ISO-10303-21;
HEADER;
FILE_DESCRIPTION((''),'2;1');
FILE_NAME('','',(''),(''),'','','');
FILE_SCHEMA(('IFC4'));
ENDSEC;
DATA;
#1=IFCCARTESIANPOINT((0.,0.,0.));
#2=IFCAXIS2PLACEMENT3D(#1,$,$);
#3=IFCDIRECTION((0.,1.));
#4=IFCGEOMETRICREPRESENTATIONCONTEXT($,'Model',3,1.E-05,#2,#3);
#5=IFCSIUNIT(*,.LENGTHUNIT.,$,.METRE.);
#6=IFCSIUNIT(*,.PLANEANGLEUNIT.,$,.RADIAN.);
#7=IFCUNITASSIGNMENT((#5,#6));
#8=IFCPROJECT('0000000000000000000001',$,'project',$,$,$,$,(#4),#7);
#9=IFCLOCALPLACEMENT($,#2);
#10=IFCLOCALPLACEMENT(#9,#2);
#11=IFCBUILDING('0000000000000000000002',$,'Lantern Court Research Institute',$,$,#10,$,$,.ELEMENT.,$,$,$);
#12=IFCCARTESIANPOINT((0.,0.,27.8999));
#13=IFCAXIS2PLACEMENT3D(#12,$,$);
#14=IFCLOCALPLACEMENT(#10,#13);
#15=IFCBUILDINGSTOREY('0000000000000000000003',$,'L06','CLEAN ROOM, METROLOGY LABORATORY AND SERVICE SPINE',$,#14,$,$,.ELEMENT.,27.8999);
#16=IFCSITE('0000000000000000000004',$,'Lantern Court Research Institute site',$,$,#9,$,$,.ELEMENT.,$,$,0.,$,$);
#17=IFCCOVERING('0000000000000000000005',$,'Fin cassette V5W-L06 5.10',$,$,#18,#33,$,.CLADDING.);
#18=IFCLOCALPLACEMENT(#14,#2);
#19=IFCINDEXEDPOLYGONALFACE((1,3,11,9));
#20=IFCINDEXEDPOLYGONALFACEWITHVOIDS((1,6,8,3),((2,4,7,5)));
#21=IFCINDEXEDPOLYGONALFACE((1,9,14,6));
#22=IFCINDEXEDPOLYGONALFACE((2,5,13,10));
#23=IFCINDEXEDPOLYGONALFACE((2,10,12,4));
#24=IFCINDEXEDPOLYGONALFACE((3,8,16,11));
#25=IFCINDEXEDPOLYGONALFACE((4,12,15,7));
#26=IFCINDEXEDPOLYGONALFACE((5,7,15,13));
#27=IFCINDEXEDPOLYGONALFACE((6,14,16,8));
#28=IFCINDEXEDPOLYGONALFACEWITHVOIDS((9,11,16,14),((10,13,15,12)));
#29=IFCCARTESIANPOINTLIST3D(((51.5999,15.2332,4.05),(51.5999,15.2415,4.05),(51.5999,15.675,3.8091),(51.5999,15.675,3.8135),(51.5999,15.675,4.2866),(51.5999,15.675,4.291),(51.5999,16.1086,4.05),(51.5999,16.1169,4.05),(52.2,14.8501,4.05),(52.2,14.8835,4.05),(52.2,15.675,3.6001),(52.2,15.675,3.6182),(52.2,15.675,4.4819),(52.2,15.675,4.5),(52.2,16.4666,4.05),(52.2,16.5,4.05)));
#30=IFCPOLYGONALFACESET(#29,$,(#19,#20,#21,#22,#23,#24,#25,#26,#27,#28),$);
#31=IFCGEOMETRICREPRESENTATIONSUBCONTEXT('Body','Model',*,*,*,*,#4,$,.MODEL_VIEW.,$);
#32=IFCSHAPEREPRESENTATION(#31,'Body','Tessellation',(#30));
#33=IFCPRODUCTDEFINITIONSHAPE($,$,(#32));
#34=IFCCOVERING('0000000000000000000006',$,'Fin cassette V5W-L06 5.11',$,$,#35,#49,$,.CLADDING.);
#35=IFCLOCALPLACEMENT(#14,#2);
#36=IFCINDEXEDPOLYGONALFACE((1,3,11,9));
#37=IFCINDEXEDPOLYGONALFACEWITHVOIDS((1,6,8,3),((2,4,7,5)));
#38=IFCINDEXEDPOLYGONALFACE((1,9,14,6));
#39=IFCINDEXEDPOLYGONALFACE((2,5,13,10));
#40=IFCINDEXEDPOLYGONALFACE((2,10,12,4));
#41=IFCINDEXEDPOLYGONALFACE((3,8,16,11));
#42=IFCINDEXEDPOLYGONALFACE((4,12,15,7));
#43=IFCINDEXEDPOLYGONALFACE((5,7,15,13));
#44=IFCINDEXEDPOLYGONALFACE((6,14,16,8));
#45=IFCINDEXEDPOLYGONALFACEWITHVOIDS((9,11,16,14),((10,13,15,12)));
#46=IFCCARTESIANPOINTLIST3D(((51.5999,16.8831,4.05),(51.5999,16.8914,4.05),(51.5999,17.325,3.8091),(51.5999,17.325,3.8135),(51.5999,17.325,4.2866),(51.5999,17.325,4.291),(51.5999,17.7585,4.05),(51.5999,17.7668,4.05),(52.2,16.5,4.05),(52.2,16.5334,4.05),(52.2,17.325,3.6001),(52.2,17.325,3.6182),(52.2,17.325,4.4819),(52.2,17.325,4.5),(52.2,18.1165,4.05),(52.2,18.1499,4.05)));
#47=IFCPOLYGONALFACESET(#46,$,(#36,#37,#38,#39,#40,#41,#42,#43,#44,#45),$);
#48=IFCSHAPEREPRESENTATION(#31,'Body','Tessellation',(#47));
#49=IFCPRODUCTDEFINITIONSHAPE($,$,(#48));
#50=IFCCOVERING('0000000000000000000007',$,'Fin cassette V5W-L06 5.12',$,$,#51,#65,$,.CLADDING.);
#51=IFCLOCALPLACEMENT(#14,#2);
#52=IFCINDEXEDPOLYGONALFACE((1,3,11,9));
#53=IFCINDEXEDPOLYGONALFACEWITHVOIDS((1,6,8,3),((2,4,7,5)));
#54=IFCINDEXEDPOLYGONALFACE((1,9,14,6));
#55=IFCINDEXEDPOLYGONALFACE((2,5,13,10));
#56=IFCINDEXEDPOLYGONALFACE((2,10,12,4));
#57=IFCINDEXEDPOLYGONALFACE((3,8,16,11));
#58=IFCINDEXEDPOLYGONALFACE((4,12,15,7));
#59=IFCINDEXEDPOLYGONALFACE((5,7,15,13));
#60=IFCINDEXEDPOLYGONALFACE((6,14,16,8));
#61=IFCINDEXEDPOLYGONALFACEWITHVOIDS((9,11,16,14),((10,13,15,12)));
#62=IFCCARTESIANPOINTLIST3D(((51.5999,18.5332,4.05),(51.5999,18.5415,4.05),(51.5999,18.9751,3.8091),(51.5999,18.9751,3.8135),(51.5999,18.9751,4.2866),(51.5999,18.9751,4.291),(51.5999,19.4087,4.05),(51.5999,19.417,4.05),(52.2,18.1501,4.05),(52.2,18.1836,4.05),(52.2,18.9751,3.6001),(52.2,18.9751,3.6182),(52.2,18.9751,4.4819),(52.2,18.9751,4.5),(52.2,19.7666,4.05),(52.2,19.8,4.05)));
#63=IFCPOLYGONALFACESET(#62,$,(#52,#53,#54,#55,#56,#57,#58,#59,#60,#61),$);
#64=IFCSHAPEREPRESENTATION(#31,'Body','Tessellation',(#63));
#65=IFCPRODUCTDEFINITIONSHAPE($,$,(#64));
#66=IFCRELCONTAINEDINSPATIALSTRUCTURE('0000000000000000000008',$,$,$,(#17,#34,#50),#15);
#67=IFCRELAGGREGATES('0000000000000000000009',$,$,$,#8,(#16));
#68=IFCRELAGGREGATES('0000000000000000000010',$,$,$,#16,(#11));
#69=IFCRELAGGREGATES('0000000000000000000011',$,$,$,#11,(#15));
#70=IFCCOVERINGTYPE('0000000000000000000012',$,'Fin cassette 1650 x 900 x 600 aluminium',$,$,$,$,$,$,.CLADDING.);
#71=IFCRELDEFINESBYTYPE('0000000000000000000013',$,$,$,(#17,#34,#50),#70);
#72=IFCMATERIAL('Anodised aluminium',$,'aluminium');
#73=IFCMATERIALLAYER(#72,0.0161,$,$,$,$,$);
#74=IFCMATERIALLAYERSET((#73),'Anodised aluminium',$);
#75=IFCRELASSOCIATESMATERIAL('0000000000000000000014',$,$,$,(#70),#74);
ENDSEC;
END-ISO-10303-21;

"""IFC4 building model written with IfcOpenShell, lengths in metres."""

from ifc_helpers import new_model, entity, si_unit, direction, frame, origin, place, context, subcontext, project, spatial, material, layer, layer_set, type_object, element, save


model = new_model("IFC4")

# Units and contexts
model_context = context("Model", 3, precision=1e-05, world=origin(), true_north=direction((0.0, 1.0)))
body_context = subcontext(model_context, "Body", "Model", "MODEL_VIEW")
ifc_project = project(units=[si_unit("LENGTHUNIT", "METRE"), si_unit("PLANEANGLEUNIT", "RADIAN")], contexts=[model_context])

# Site, building, storey
site_placement = place(None, origin())
site = spatial("IfcSite", under=ifc_project, at=site_placement, Name="Lantern Court Research Institute site", CompositionType="ELEMENT", RefElevation=0.0)
building_placement = place(site_placement, origin())
building = spatial("IfcBuilding", under=site, at=building_placement, Name="Lantern Court Research Institute", CompositionType="ELEMENT")
storey_placement = place(building_placement, frame((0.0, 0.0, 27.8999)))
storey = spatial("IfcBuildingStorey", under=building, at=storey_placement, Name="L06", Description="CLEAN ROOM, METROLOGY LABORATORY AND SERVICE SPINE", CompositionType="ELEMENT", Elevation=27.8999)

# Coverings
ifc_material_1 = material(Name="Anodised aluminium", Category="aluminium")
ifc_layer_1 = layer(ifc_material_1, 0.0161)
ifc_layer_set_1 = layer_set([ifc_layer_1], Name="Anodised aluminium")
covering_type = type_object("IfcCoveringType", Name="Fin cassette 1650 x 900 x 600 aluminium", PredefinedType="CLADDING", material=ifc_layer_set_1)
covering_1_placement = place(storey_placement, frame((52.2, 15.675, 4.05), z_axis=(-1.0, 0.0, 0.0), x_axis=(0.0, -1.0, 0.0)))
cartesian_point_1 = entity("IfcCartesianPoint", [0.825, 0.0])
cartesian_point_2 = entity("IfcCartesianPoint", [0.7915, 0.0])
cartesian_point_3 = entity("IfcCartesianPoint", [0.4419, 0.0])
cartesian_point_4 = entity("IfcCartesianPoint", [0.4336, 0.0])
element("IfcCovering", 1, at=covering_1_placement, inside=storey, type_object=covering_type, Name="Fin cassette V5W-L06 5.10", PredefinedType="CLADDING", context=body_context, shape_type="SweptSolid", body=[
    entity("IfcExtrudedAreaSolidTapered", entity("IfcArbitraryProfileDefWithVoids", "AREA", None, entity("IfcPolyline", [cartesian_point_1, entity("IfcCartesianPoint", [0.0, 0.45]), entity("IfcCartesianPoint", [-0.825, 0.0]), entity("IfcCartesianPoint", [0.0, -0.45]), cartesian_point_1]), [entity("IfcPolyline", [cartesian_point_2, entity("IfcCartesianPoint", [0.0, 0.4319]), entity("IfcCartesianPoint", [-0.7915, 0.0]), entity("IfcCartesianPoint", [0.0, -0.4319]), cartesian_point_2])]), entity("IfcAxis2Placement3D", entity("IfcCartesianPoint", [0.0, 0.0, 0.0])), entity("IfcDirection", [0.0, 0.0, 1.0]), 0.6001, entity("IfcArbitraryProfileDefWithVoids", "AREA", None, entity("IfcPolyline", [cartesian_point_3, entity("IfcCartesianPoint", [0.0, 0.241]), entity("IfcCartesianPoint", [-0.4419, 0.0]), entity("IfcCartesianPoint", [0.0, -0.241]), cartesian_point_3]), [entity("IfcPolyline", [cartesian_point_4, entity("IfcCartesianPoint", [0.0, 0.2366]), entity("IfcCartesianPoint", [-0.4336, 0.0]), entity("IfcCartesianPoint", [0.0, -0.2366]), cartesian_point_4])])),
])
covering_2_placement = place(storey_placement, frame((52.2, 17.325, 4.05), z_axis=(-1.0, 0.0, 0.0), x_axis=(0.0, -1.0, 0.0)))
cartesian_point_5 = entity("IfcCartesianPoint", [0.825, 0.0])
cartesian_point_6 = entity("IfcCartesianPoint", [0.7915, 0.0])
cartesian_point_7 = entity("IfcCartesianPoint", [0.4419, 0.0])
cartesian_point_8 = entity("IfcCartesianPoint", [0.4336, 0.0])
element("IfcCovering", 2, at=covering_2_placement, inside=storey, type_object=covering_type, Name="Fin cassette V5W-L06 5.11", PredefinedType="CLADDING", context=body_context, shape_type="SweptSolid", body=[
    entity("IfcExtrudedAreaSolidTapered", entity("IfcArbitraryProfileDefWithVoids", "AREA", None, entity("IfcPolyline", [cartesian_point_5, entity("IfcCartesianPoint", [0.0, 0.45]), entity("IfcCartesianPoint", [-0.825, 0.0]), entity("IfcCartesianPoint", [0.0, -0.45]), cartesian_point_5]), [entity("IfcPolyline", [cartesian_point_6, entity("IfcCartesianPoint", [0.0, 0.4319]), entity("IfcCartesianPoint", [-0.7915, 0.0]), entity("IfcCartesianPoint", [0.0, -0.4319]), cartesian_point_6])]), entity("IfcAxis2Placement3D", entity("IfcCartesianPoint", [0.0, 0.0, 0.0])), entity("IfcDirection", [0.0, 0.0, 1.0]), 0.6001, entity("IfcArbitraryProfileDefWithVoids", "AREA", None, entity("IfcPolyline", [cartesian_point_7, entity("IfcCartesianPoint", [0.0, 0.241]), entity("IfcCartesianPoint", [-0.4419, 0.0]), entity("IfcCartesianPoint", [0.0, -0.241]), cartesian_point_7]), [entity("IfcPolyline", [cartesian_point_8, entity("IfcCartesianPoint", [0.0, 0.2366]), entity("IfcCartesianPoint", [-0.4336, 0.0]), entity("IfcCartesianPoint", [0.0, -0.2366]), cartesian_point_8])])),
])
covering_3_placement = place(storey_placement, frame((52.2, 18.9751, 4.05), z_axis=(-1.0, 0.0, 0.0), x_axis=(0.0, -1.0, 0.0)))
cartesian_point_9 = entity("IfcCartesianPoint", [0.825, 0.0])
cartesian_point_10 = entity("IfcCartesianPoint", [0.7915, 0.0])
cartesian_point_11 = entity("IfcCartesianPoint", [0.4419, 0.0])
cartesian_point_12 = entity("IfcCartesianPoint", [0.4336, 0.0])
element("IfcCovering", 3, at=covering_3_placement, inside=storey, type_object=covering_type, Name="Fin cassette V5W-L06 5.12", PredefinedType="CLADDING", context=body_context, shape_type="SweptSolid", body=[
    entity("IfcExtrudedAreaSolidTapered", entity("IfcArbitraryProfileDefWithVoids", "AREA", None, entity("IfcPolyline", [cartesian_point_9, entity("IfcCartesianPoint", [0.0, 0.45]), entity("IfcCartesianPoint", [-0.825, 0.0]), entity("IfcCartesianPoint", [0.0, -0.45]), cartesian_point_9]), [entity("IfcPolyline", [cartesian_point_10, entity("IfcCartesianPoint", [0.0, 0.4319]), entity("IfcCartesianPoint", [-0.7915, 0.0]), entity("IfcCartesianPoint", [0.0, -0.4319]), cartesian_point_10])]), entity("IfcAxis2Placement3D", entity("IfcCartesianPoint", [0.0, 0.0, 0.0])), entity("IfcDirection", [0.0, 0.0, 1.0]), 0.6001, entity("IfcArbitraryProfileDefWithVoids", "AREA", None, entity("IfcPolyline", [cartesian_point_11, entity("IfcCartesianPoint", [0.0, 0.241]), entity("IfcCartesianPoint", [-0.4419, 0.0]), entity("IfcCartesianPoint", [0.0, -0.241]), cartesian_point_11]), [entity("IfcPolyline", [cartesian_point_12, entity("IfcCartesianPoint", [0.0, 0.2366]), entity("IfcCartesianPoint", [-0.4336, 0.0]), entity("IfcCartesianPoint", [0.0, -0.2366]), cartesian_point_12])])),
])

save(model, "model.ifc")
